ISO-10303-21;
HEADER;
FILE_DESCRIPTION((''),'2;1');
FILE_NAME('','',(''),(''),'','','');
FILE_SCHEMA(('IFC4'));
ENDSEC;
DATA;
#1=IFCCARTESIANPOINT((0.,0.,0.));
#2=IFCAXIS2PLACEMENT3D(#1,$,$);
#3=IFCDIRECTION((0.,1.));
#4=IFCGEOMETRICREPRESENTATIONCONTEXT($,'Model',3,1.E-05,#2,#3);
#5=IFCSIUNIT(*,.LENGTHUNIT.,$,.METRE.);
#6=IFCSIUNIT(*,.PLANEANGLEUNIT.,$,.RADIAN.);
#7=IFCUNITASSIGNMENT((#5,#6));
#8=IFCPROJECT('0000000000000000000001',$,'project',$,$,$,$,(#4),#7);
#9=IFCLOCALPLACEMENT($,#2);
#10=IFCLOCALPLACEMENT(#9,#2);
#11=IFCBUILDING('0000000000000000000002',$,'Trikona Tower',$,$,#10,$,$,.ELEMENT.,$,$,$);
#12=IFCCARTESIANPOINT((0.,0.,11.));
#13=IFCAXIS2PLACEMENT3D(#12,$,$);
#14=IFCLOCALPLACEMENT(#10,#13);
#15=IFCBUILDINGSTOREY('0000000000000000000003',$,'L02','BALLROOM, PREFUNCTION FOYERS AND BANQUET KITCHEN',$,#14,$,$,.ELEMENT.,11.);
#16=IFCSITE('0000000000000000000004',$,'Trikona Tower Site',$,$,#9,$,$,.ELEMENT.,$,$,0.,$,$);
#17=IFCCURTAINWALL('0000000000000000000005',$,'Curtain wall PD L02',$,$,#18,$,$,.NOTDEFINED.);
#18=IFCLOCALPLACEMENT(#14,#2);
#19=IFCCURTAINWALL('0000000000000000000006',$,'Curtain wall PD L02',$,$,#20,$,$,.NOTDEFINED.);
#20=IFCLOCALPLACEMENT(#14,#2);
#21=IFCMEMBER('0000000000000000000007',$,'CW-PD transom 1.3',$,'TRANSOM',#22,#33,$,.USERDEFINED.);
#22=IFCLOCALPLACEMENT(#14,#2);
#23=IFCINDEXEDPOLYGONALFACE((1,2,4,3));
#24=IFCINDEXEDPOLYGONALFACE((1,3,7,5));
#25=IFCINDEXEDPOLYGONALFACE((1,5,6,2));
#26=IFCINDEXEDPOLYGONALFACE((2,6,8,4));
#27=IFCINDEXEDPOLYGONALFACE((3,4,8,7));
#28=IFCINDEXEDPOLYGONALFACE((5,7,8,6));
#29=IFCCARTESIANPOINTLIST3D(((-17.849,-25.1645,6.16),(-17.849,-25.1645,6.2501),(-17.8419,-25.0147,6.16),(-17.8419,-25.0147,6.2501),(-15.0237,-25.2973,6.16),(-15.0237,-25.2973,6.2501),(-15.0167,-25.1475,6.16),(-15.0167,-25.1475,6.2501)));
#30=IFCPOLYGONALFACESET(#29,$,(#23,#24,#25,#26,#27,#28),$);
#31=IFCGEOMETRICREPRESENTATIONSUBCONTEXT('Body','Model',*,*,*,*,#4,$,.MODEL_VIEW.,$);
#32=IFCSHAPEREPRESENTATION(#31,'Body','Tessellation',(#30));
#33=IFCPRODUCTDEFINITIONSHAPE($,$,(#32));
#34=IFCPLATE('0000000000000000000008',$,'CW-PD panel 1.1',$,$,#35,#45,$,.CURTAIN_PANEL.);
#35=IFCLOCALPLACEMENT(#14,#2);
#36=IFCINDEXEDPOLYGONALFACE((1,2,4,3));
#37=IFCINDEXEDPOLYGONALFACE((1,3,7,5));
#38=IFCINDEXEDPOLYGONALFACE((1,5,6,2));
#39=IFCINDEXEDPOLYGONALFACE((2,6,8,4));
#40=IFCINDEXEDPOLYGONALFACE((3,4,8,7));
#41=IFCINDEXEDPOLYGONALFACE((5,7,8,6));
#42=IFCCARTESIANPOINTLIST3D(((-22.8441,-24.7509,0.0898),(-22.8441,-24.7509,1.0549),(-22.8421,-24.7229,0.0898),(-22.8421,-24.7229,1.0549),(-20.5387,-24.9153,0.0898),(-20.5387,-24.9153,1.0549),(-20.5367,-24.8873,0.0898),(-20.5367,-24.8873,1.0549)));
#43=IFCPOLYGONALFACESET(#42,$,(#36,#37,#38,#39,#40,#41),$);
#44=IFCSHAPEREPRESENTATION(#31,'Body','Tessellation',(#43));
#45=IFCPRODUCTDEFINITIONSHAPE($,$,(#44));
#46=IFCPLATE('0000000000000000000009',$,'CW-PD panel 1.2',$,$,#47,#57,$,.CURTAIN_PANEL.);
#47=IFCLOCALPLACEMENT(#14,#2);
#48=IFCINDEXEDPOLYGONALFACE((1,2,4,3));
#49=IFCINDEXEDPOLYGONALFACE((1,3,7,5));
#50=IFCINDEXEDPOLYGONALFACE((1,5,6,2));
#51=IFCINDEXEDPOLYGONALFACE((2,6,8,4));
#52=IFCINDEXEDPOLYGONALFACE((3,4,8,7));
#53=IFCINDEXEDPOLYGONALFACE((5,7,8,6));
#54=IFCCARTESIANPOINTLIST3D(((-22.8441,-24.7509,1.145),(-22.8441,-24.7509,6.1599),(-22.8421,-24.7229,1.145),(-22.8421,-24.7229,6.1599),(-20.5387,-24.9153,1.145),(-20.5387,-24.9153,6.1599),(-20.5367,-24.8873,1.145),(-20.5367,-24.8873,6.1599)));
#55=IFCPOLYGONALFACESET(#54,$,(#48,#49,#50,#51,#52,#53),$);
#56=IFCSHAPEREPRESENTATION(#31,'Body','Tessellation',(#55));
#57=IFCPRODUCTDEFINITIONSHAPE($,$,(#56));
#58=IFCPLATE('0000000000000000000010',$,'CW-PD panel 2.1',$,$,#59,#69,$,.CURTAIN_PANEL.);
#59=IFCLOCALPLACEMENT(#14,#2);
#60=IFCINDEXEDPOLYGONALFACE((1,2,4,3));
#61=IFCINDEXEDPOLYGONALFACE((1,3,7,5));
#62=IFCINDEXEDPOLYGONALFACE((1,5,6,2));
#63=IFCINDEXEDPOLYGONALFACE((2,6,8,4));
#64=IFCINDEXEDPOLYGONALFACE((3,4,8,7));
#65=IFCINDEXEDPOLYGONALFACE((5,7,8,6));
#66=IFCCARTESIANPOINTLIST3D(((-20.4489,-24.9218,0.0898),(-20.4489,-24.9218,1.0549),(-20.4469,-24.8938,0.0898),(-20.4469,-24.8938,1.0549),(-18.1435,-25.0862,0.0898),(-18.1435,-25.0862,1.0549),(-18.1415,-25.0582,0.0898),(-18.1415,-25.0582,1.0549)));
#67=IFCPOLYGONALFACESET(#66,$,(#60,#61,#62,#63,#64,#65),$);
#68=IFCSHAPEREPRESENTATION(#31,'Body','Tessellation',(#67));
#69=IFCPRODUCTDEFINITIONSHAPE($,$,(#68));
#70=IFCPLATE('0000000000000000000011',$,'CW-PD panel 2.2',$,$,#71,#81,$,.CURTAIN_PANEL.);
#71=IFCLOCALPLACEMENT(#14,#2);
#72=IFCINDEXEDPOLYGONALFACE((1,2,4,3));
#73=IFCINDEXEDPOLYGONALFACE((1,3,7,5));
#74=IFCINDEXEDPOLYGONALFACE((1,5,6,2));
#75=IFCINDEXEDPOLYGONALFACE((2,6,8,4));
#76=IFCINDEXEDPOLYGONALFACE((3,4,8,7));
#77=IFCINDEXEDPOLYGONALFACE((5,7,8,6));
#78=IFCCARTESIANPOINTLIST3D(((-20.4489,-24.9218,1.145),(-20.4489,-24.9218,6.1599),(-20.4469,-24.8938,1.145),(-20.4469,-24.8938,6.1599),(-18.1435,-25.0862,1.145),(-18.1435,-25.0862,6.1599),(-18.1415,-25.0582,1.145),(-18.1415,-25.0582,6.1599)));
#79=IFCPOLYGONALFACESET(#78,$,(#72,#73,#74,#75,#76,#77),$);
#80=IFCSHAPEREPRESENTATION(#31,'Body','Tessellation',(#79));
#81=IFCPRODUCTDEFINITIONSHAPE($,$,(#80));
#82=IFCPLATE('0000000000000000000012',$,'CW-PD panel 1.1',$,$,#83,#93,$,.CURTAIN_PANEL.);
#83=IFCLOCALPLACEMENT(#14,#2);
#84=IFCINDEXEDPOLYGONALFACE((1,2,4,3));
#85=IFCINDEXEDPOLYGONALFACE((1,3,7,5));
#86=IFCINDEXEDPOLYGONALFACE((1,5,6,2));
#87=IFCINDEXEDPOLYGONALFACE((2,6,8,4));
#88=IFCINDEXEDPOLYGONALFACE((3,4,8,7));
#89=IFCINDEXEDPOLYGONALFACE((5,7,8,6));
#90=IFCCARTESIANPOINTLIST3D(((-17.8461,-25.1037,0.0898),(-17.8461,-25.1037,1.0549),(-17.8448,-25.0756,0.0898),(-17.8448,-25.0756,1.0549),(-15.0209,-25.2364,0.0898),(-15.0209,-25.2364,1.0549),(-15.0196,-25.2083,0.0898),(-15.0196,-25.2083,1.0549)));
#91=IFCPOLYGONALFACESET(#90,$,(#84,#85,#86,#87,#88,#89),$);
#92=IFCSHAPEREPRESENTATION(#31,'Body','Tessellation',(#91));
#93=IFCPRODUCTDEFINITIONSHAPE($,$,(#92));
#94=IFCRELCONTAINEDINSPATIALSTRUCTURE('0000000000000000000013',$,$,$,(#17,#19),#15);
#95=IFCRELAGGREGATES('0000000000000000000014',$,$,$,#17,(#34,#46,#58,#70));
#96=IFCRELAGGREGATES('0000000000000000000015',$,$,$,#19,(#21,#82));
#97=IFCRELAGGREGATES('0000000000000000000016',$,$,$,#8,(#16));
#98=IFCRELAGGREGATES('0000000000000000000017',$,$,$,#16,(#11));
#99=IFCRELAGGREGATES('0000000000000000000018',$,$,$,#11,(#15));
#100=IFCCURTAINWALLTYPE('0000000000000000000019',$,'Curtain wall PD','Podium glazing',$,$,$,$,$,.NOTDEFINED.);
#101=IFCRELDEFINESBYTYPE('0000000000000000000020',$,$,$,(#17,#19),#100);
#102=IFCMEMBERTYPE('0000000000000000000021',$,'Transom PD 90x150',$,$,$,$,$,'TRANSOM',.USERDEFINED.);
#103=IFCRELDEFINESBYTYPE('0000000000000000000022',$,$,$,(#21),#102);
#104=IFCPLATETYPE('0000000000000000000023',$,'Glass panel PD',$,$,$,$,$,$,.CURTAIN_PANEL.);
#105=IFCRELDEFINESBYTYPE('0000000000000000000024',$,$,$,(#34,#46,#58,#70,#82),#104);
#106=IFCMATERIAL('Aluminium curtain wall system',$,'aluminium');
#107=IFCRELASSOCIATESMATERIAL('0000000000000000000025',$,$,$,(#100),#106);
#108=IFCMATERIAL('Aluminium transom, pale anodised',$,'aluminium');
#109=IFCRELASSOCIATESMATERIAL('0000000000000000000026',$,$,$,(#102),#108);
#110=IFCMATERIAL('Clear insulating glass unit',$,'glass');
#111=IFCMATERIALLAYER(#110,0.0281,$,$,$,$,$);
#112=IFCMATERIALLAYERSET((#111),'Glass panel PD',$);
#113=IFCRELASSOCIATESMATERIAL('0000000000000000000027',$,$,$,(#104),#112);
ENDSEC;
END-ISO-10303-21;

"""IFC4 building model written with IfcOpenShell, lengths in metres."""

from ifc_helpers import new_model, si_unit, direction, frame, origin, origin_2d, place, context, subcontext, project, spatial, rectangle, extrude, material, layer, layer_set, material_profile, profile_set, type_object, element, aggregate, save


model = new_model("IFC4")

# Units and contexts
model_context = context("Model", 3, precision=1e-05, world=origin(), true_north=direction((0.0, 1.0)))
body_context = subcontext(model_context, "Body", "Model", "MODEL_VIEW")
ifc_project = project(units=[si_unit("LENGTHUNIT", "METRE"), si_unit("PLANEANGLEUNIT", "RADIAN")], contexts=[model_context])

# Site, building, storey
site_placement = place(None, origin())
site = spatial("IfcSite", under=ifc_project, at=site_placement, Name="Trikona Tower Site", CompositionType="ELEMENT", RefElevation=0.0)
building_placement = place(site_placement, origin())
building = spatial("IfcBuilding", under=site, at=building_placement, Name="Trikona Tower", CompositionType="ELEMENT")
storey_placement = place(building_placement, frame((0.0, 0.0, 11.0)))
storey = spatial("IfcBuildingStorey", under=building, at=storey_placement, Name="L02", Description="BALLROOM, PREFUNCTION FOYERS AND BANQUET KITCHEN", CompositionType="ELEMENT", Elevation=11.0)

# Curtain wall
ifc_material_1 = material(Name="Aluminium curtain wall system", Category="aluminium")
curtain_wall_type = type_object("IfcCurtainWallType", Name="Curtain wall PD", Description="Podium glazing", PredefinedType="NOTDEFINED", material=ifc_material_1)
curtain_wall_1_placement = place(storey_placement, origin())
curtain_wall_1 = element("IfcCurtainWall", 1, at=curtain_wall_1_placement, inside=storey, type_object=curtain_wall_type, Name="Curtain wall PD L02", PredefinedType="NOTDEFINED")

# Curtain wall
curtain_wall_2_placement = place(storey_placement, origin())
curtain_wall_2 = element("IfcCurtainWall", 2, at=curtain_wall_2_placement, inside=storey, type_object=curtain_wall_type, Name="Curtain wall PD L02", PredefinedType="NOTDEFINED")

# Member
ifc_material_2 = material(Name="Aluminium transom, pale anodised", Category="aluminium")
ifc_material_profile_1 = material_profile(ifc_material_2, rectangle(XDim=0.1499, YDim=0.0901, at=origin_2d()), Name="TRN-PD")
ifc_profile_set_1 = profile_set([ifc_material_profile_1], Name="Aluminium transom, pale anodised")
member_type_1 = type_object("IfcMemberType", Name="Transom PD 90x150", ElementType="TRANSOM", PredefinedType="USERDEFINED", material=ifc_profile_set_1)
member_1_placement = place(storey_placement, frame((-17.8455, -25.0896, 6.2051), z_axis=(0.998897, -0.046958, 0.0), x_axis=(0.046958, 0.998897, 0.0)))
member_1 = element("IfcMember", 3, at=member_1_placement, type_object=member_type_1, Name="CW-PD transom 1.3", ObjectType="TRANSOM", PredefinedType="USERDEFINED", context=body_context, shape_type="SweptSolid", body=[
    extrude(rectangle(XDim=0.1499, YDim=0.0901, at=origin_2d()), origin(), (0.0, 0.0, 1.0), 2.8284),
])

# Plates
ifc_material_3 = material(Name="Clear insulating glass unit", Category="glass")
ifc_layer = layer(ifc_material_3, 0.0281)
ifc_layer_set = layer_set([ifc_layer], Name="Glass panel PD")
plate_type = type_object("IfcPlateType", Name="Glass panel PD", PredefinedType="CURTAIN_PANEL", material=ifc_layer_set)
plate_1_placement = place(storey_placement, frame((-21.6904, -24.8191, 0.0898), z_axis=(0.0, 0.0, 1.0), x_axis=(0.997467, -0.071126, 0.0)))
plate_1 = element("IfcPlate", 4, at=plate_1_placement, type_object=plate_type, Name="CW-PD panel 1.1", PredefinedType="CURTAIN_PANEL", context=body_context, shape_type="SweptSolid", body=[
    extrude(rectangle(XDim=2.3113, YDim=0.0281, at=origin_2d()), origin(), (0.0, 0.0, 1.0), 0.9651),
])
plate_2_placement = place(storey_placement, frame((-21.6904, -24.8191, 1.145), z_axis=(0.0, 0.0, 1.0), x_axis=(0.997467, -0.071126, 0.0)))
plate_2 = element("IfcPlate", 5, at=plate_2_placement, type_object=plate_type, Name="CW-PD panel 1.2", PredefinedType="CURTAIN_PANEL", context=body_context, shape_type="SweptSolid", body=[
    extrude(rectangle(XDim=2.3113, YDim=0.0281, at=origin_2d()), origin(), (0.0, 0.0, 1.0), 5.0149),
])
plate_3_placement = place(storey_placement, frame((-19.2952, -24.99, 0.0898), z_axis=(0.0, 0.0, 1.0), x_axis=(0.997467, -0.071126, 0.0)))
plate_3 = element("IfcPlate", 6, at=plate_3_placement, type_object=plate_type, Name="CW-PD panel 2.1", PredefinedType="CURTAIN_PANEL", context=body_context, shape_type="SweptSolid", body=[
    extrude(rectangle(XDim=2.3113, YDim=0.0281, at=origin_2d()), origin(), (0.0, 0.0, 1.0), 0.9651),
])
plate_4_placement = place(storey_placement, frame((-19.2952, -24.99, 1.145), z_axis=(0.0, 0.0, 1.0), x_axis=(0.997467, -0.071126, 0.0)))
plate_4 = element("IfcPlate", 7, at=plate_4_placement, type_object=plate_type, Name="CW-PD panel 2.2", PredefinedType="CURTAIN_PANEL", context=body_context, shape_type="SweptSolid", body=[
    extrude(rectangle(XDim=2.3113, YDim=0.0281, at=origin_2d()), origin(), (0.0, 0.0, 1.0), 5.0149),
])
aggregate(curtain_wall_1, [plate_1, plate_2, plate_3, plate_4])
plate_5_placement = place(storey_placement, frame((-16.4329, -25.156, 0.0898), z_axis=(0.0, 0.0, 1.0), x_axis=(0.998899, -0.046907, 0.0)))
plate_5 = element("IfcPlate", 8, at=plate_5_placement, type_object=plate_type, Name="CW-PD panel 1.1", PredefinedType="CURTAIN_PANEL", context=body_context, shape_type="SweptSolid", body=[
    extrude(rectangle(XDim=2.8284, YDim=0.0281, at=origin_2d()), origin(), (0.0, 0.0, 1.0), 0.9651),
])
aggregate(curtain_wall_2, [member_1, plate_5])

save(model, "model.ifc")
